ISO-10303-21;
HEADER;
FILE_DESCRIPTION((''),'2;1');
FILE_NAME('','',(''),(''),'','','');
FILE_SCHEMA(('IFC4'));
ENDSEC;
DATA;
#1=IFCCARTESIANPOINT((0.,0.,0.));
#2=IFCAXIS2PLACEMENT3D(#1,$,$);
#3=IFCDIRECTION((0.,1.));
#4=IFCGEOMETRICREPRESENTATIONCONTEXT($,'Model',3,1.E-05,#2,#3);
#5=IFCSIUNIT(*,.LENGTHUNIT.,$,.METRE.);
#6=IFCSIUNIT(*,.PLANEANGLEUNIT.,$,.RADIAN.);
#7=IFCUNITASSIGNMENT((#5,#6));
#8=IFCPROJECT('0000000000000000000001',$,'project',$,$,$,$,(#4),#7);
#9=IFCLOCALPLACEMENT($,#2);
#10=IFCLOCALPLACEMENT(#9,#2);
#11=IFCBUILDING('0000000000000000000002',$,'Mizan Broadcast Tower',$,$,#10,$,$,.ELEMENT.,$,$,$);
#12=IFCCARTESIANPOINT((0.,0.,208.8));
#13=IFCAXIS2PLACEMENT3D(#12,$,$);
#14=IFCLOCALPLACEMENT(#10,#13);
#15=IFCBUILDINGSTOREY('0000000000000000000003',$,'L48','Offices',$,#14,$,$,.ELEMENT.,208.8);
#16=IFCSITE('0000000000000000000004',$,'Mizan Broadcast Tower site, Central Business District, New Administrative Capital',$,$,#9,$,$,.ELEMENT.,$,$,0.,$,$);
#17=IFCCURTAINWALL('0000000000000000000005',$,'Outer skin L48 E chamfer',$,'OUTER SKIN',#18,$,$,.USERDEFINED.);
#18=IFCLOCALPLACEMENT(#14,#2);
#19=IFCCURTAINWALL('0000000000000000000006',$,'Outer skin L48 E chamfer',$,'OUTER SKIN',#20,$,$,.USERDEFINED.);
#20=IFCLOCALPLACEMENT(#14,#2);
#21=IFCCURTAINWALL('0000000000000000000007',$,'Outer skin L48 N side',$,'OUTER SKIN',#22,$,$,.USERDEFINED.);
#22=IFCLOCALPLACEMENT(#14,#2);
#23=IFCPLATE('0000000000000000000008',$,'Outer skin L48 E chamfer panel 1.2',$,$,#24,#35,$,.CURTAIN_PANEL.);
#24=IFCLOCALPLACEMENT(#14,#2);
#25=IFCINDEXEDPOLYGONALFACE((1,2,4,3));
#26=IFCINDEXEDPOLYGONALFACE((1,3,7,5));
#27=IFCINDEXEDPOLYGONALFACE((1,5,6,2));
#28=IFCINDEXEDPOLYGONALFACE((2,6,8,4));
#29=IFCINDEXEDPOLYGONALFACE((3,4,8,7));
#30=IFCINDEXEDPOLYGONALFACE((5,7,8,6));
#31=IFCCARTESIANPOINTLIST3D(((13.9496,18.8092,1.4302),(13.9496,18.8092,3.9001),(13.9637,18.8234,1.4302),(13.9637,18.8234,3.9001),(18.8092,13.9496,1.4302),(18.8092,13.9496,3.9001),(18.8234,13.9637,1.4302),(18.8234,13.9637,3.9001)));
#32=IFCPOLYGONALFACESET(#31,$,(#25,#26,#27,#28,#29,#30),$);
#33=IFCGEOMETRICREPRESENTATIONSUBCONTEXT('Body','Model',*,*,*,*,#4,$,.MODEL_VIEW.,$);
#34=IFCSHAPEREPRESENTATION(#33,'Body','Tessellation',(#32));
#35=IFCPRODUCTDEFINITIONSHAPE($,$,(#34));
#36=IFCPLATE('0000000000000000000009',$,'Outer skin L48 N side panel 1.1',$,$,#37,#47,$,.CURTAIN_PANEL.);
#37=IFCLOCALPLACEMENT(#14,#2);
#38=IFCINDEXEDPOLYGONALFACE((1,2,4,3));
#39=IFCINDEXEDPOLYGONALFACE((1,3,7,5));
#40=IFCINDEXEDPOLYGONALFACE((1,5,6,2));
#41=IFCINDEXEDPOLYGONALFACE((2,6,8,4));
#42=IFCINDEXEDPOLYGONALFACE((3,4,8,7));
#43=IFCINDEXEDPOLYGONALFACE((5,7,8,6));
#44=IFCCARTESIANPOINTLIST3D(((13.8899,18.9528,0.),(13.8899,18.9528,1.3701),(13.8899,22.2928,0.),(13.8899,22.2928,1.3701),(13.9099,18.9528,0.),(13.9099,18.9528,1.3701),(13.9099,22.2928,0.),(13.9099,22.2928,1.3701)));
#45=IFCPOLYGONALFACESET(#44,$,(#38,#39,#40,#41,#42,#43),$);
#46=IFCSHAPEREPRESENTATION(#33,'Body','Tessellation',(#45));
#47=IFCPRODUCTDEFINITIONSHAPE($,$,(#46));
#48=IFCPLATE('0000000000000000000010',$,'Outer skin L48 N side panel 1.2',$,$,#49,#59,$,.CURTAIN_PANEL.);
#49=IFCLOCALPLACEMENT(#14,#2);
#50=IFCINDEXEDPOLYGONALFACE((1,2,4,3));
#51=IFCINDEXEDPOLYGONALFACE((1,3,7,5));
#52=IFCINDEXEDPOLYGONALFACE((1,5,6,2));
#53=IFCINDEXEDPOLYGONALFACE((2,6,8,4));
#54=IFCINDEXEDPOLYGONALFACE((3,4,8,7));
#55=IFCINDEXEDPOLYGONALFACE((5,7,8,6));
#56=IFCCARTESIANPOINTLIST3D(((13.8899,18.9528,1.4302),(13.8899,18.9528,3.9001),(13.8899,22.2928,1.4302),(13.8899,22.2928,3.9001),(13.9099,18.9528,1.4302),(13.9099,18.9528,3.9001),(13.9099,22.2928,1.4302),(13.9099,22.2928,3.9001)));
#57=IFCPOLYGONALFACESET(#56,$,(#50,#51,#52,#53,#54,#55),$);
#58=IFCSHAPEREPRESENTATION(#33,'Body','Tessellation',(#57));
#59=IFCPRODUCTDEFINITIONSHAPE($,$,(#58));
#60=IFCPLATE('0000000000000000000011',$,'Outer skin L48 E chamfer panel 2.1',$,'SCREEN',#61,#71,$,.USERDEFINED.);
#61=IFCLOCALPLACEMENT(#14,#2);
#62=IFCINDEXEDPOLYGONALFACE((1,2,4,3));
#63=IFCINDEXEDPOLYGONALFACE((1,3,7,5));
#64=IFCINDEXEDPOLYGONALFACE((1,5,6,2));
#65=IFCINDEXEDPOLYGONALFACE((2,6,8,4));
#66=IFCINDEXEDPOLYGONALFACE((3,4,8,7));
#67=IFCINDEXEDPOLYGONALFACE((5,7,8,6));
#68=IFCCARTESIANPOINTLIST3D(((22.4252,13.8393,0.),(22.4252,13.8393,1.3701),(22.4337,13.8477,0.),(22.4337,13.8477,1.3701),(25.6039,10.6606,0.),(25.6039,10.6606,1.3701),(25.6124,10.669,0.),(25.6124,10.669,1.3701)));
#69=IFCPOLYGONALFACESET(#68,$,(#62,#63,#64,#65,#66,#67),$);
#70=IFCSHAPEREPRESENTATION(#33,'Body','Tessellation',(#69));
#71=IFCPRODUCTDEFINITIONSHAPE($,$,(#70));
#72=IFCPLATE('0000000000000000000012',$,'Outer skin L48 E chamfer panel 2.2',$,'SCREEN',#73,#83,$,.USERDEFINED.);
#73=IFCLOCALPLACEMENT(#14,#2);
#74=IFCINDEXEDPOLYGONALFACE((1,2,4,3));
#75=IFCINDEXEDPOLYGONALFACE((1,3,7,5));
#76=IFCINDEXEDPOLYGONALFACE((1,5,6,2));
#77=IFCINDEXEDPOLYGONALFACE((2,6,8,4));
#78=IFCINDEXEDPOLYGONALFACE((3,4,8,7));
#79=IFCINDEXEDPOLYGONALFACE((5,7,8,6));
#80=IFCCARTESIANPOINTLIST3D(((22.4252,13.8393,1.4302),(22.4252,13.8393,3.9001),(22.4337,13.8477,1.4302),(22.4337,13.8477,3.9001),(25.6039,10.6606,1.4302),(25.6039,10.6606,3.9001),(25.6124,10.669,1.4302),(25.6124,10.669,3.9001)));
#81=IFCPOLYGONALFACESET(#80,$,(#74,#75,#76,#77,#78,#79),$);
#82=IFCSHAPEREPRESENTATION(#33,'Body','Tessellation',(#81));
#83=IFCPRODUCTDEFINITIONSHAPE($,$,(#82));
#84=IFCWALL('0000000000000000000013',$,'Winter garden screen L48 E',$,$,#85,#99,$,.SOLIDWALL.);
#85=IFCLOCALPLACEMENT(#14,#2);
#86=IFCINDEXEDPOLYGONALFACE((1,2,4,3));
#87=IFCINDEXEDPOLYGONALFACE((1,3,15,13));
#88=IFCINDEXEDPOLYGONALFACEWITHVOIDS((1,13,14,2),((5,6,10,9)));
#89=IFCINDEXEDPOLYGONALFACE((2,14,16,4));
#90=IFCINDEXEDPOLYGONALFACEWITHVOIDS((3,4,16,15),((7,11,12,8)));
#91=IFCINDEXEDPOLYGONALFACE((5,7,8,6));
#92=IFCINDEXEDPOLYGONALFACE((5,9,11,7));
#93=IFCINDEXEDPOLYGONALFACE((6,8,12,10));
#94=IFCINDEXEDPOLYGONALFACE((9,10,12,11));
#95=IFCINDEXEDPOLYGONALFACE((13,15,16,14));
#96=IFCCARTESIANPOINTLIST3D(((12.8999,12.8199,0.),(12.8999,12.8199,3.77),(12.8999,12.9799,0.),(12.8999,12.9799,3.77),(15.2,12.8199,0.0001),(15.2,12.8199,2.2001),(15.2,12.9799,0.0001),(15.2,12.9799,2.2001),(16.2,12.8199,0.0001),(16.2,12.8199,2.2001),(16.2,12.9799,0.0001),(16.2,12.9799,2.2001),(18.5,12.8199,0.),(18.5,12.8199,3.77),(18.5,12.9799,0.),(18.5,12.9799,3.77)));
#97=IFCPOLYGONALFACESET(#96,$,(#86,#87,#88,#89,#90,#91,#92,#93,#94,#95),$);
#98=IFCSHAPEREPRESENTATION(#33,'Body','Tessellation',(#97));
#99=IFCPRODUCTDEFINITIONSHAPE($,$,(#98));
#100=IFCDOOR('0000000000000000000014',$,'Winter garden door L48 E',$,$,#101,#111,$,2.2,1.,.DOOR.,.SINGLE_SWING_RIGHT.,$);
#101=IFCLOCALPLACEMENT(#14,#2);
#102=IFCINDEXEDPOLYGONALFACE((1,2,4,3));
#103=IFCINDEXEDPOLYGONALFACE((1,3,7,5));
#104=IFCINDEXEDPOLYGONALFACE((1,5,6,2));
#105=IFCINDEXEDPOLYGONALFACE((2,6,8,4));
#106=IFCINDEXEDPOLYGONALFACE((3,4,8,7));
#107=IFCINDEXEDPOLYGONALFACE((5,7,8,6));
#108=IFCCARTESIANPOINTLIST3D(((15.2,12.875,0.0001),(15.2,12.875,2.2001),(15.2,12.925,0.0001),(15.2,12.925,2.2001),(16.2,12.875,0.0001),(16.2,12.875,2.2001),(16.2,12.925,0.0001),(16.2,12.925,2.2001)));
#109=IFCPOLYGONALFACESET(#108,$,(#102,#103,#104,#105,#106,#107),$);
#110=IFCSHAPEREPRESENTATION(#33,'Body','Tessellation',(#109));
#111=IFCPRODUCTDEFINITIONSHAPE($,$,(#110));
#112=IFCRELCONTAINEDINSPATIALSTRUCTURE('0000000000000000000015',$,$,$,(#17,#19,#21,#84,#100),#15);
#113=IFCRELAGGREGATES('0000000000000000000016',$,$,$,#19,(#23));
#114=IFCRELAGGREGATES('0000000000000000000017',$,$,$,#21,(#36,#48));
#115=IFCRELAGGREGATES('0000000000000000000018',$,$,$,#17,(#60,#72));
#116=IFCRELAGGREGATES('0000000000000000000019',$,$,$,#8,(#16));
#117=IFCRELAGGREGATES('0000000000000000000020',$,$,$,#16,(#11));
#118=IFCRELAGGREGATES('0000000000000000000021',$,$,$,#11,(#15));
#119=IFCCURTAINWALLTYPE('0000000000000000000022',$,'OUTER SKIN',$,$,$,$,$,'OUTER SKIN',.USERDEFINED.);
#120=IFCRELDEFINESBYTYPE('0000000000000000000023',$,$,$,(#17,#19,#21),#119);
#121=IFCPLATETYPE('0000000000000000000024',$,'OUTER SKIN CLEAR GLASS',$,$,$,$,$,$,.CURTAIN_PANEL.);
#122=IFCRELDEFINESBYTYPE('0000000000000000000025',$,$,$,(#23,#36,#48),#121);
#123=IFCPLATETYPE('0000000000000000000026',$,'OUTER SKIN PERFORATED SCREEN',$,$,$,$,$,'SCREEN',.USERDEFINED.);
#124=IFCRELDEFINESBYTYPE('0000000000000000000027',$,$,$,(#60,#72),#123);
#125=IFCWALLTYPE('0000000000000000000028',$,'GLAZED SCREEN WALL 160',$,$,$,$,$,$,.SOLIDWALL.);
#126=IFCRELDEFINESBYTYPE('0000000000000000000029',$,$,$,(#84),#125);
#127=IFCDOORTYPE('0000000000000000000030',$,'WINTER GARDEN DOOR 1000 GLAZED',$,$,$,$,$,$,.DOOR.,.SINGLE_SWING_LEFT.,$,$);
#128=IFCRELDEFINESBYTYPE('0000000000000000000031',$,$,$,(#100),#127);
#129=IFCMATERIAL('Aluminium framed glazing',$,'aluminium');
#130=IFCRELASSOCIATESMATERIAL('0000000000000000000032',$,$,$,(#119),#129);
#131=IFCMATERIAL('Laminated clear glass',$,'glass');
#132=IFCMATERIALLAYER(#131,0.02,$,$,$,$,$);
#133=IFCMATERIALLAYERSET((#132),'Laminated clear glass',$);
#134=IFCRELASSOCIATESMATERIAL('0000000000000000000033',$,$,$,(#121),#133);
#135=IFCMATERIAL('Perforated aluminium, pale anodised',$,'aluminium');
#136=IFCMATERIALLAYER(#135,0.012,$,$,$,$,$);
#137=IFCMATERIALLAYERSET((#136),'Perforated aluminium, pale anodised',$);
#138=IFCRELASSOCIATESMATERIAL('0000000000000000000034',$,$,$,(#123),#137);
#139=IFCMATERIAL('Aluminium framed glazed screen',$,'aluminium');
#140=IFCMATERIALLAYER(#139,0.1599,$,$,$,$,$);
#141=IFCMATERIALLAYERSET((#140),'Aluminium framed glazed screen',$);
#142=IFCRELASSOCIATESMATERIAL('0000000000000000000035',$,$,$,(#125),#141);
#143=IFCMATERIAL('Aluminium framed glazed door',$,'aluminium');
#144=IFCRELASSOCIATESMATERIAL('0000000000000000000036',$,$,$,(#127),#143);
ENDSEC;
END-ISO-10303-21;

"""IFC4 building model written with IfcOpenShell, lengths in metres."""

from ifc_helpers import new_model, si_unit, direction, frame, frame_2d, origin, origin_2d, place, context, subcontext, project, spatial, rectangle, extrude, material, layer, layer_set, type_object, element, fill, aggregate, save


model = new_model("IFC4")

# Units and contexts
model_context = context("Model", 3, precision=1e-05, world=origin(), true_north=direction((0.0, 1.0)))
body_context = subcontext(model_context, "Body", "Model", "MODEL_VIEW")
ifc_project = project(units=[si_unit("LENGTHUNIT", "METRE"), si_unit("PLANEANGLEUNIT", "RADIAN")], contexts=[model_context])

# Site, building, storey
site_placement = place(None, origin())
site = spatial("IfcSite", under=ifc_project, at=site_placement, Name="Mizan Broadcast Tower site, Central Business District, New Administrative Capital", CompositionType="ELEMENT", RefElevation=0.0)
building_placement = place(site_placement, origin())
building = spatial("IfcBuilding", under=site, at=building_placement, Name="Mizan Broadcast Tower", CompositionType="ELEMENT")
storey_placement = place(building_placement, frame((0.0, 0.0, 208.8)))
storey = spatial("IfcBuildingStorey", under=building, at=storey_placement, Name="L48", Description="Offices", CompositionType="ELEMENT", Elevation=208.8)

# Curtain walls
ifc_material_1 = material(Name="Aluminium framed glazing", Category="aluminium")
curtain_wall_type_1 = type_object("IfcCurtainWallType", Name="OUTER SKIN", ElementType="OUTER SKIN", PredefinedType="USERDEFINED", material=ifc_material_1)
curtain_wall_1_placement = place(storey_placement, origin())
curtain_wall_1 = element("IfcCurtainWall", 1, at=curtain_wall_1_placement, inside=storey, type_object=curtain_wall_type_1, Name="Outer skin L48 E chamfer", ObjectType="OUTER SKIN", PredefinedType="USERDEFINED")
curtain_wall_2_placement = place(storey_placement, origin())
curtain_wall_2 = element("IfcCurtainWall", 2, at=curtain_wall_2_placement, inside=storey, type_object=curtain_wall_type_1, Name="Outer skin L48 E chamfer", ObjectType="OUTER SKIN", PredefinedType="USERDEFINED")
curtain_wall_3_placement = place(storey_placement, origin())
curtain_wall_3 = element("IfcCurtainWall", 3, at=curtain_wall_3_placement, inside=storey, type_object=curtain_wall_type_1, Name="Outer skin L48 N side", ObjectType="OUTER SKIN", PredefinedType="USERDEFINED")

# Plates
ifc_material_2 = material(Name="Laminated clear glass", Category="glass")
ifc_layer_1 = layer(ifc_material_2, 0.02)
ifc_layer_set_1 = layer_set([ifc_layer_1], Name="Laminated clear glass")
plate_type_1 = type_object("IfcPlateType", Name="OUTER SKIN CLEAR GLASS", PredefinedType="CURTAIN_PANEL", material=ifc_layer_set_1)
plate_1_placement = place(storey_placement, frame((16.3865, 16.3865, 1.4302), z_axis=(0.0, 0.0, 1.0), x_axis=(-0.707107, 0.707107, 0.0)))
plate_1 = element("IfcPlate", 4, at=plate_1_placement, type_object=plate_type_1, Name="Outer skin L48 E chamfer panel 1.2", PredefinedType="CURTAIN_PANEL", context=body_context, shape_type="SweptSolid", body=[
    extrude(rectangle(XDim=6.8726, YDim=0.02, at=origin_2d()), origin(), (0.0, 0.0, 1.0), 2.47),
])
aggregate(curtain_wall_2, [plate_1])
plate_2_placement = place(storey_placement, frame((13.8999, 20.6228, 0.0), z_axis=(0.0, 0.0, 1.0), x_axis=(0.0, 1.0, 0.0)))
plate_2 = element("IfcPlate", 5, at=plate_2_placement, type_object=plate_type_1, Name="Outer skin L48 N side panel 1.1", PredefinedType="CURTAIN_PANEL", context=body_context, shape_type="SweptSolid", body=[
    extrude(rectangle(XDim=3.3401, YDim=0.02, at=origin_2d()), origin(), (0.0, 0.0, 1.0), 1.3701),
])
plate_3_placement = place(storey_placement, frame((13.8999, 20.6228, 1.4302), z_axis=(0.0, 0.0, 1.0), x_axis=(0.0, 1.0, 0.0)))
plate_3 = element("IfcPlate", 6, at=plate_3_placement, type_object=plate_type_1, Name="Outer skin L48 N side panel 1.2", PredefinedType="CURTAIN_PANEL", context=body_context, shape_type="SweptSolid", body=[
    extrude(rectangle(XDim=3.3401, YDim=0.02, at=origin_2d()), origin(), (0.0, 0.0, 1.0), 2.47),
])
aggregate(curtain_wall_3, [plate_2, plate_3])
ifc_material_3 = material(Name="Perforated aluminium, pale anodised", Category="aluminium")
ifc_layer_2 = layer(ifc_material_3, 0.012)
ifc_layer_set_2 = layer_set([ifc_layer_2], Name="Perforated aluminium, pale anodised")
plate_type_2 = type_object("IfcPlateType", Name="OUTER SKIN PERFORATED SCREEN", ElementType="SCREEN", PredefinedType="USERDEFINED", material=ifc_layer_set_2)
plate_4_placement = place(storey_placement, frame((24.0188, 12.2542, 0.0), z_axis=(0.0, 0.0, 1.0), x_axis=(-0.707107, 0.707107, 0.0)))
plate_4 = element("IfcPlate", 7, at=plate_4_placement, type_object=plate_type_2, Name="Outer skin L48 E chamfer panel 2.1", ObjectType="SCREEN", PredefinedType="USERDEFINED", context=body_context, shape_type="SweptSolid", body=[
    extrude(rectangle(XDim=4.4954, YDim=0.012, at=origin_2d()), origin(), (0.0, 0.0, 1.0), 1.3701),
])
plate_5_placement = place(storey_placement, frame((24.0188, 12.2542, 1.4302), z_axis=(0.0, 0.0, 1.0), x_axis=(-0.707107, 0.707107, 0.0)))
plate_5 = element("IfcPlate", 8, at=plate_5_placement, type_object=plate_type_2, Name="Outer skin L48 E chamfer panel 2.2", ObjectType="SCREEN", PredefinedType="USERDEFINED", context=body_context, shape_type="SweptSolid", body=[
    extrude(rectangle(XDim=4.4954, YDim=0.012, at=origin_2d()), origin(), (0.0, 0.0, 1.0), 2.47),
])
aggregate(curtain_wall_1, [plate_4, plate_5])

# Wall, opening, door
ifc_material_4 = material(Name="Aluminium framed glazed screen", Category="aluminium")
ifc_layer_3 = layer(ifc_material_4, 0.1599)
ifc_layer_set_3 = layer_set([ifc_layer_3], Name="Aluminium framed glazed screen")
wall_type = type_object("IfcWallType", Name="GLAZED SCREEN WALL 160", PredefinedType="SOLIDWALL", material=ifc_layer_set_3)
wall_placement = place(storey_placement, frame((18.5, 12.8999, 0.0), z_axis=(0.0, 0.0, 1.0), x_axis=(-1.0, 0.0, 0.0)))
wall = element("IfcWall", 9, at=wall_placement, inside=storey, type_object=wall_type, Name="Winter garden screen L48 E", PredefinedType="SOLIDWALL", context=body_context, shape_type="SweptSolid", body=[
    extrude(rectangle(XDim=5.6001, YDim=0.1599, at=frame_2d((2.8, 0.0))), origin(), (0.0, 0.0, 1.0), 3.77),
])
opening_placement = place(wall_placement, frame((2.3, 0.0, 0.0)))
opening = element("IfcOpeningElement", 10, at=opening_placement, cuts=wall, PredefinedType="OPENING", context=body_context, shape_type="SweptSolid", body=[
    extrude(rectangle(XDim=1.0, YDim=2.2, at=frame_2d((0.5, 1.1001))), frame((0.0, 0.0898, 0.0), z_axis=(0.0, -1.0, 0.0), x_axis=(1.0, 0.0, 0.0)), (0.0, 0.0, 1.0), 0.1799),
])
ifc_material_5 = material(Name="Aluminium framed glazed door", Category="aluminium")
door_type = type_object("IfcDoorType", Name="WINTER GARDEN DOOR 1000 GLAZED", OperationType="SINGLE_SWING_LEFT", PredefinedType="DOOR", material=ifc_material_5)
door_placement = place(opening_placement, origin())
door = element("IfcDoor", 11, at=door_placement, inside=storey, type_object=door_type, Name="Winter garden door L48 E", OperationType="SINGLE_SWING_RIGHT", OverallHeight=2.2, OverallWidth=1.0, PredefinedType="DOOR", context=body_context, shape_type="SweptSolid", body=[
    extrude(rectangle(XDim=1.0, YDim=2.2, at=frame_2d((0.5, 1.1001))), frame((0.0, 0.0249, 0.0), z_axis=(0.0, -1.0, 0.0), x_axis=(1.0, 0.0, 0.0)), (0.0, 0.0, 1.0), 0.05),
])
fill(opening, door)

save(model, "model.ifc")
